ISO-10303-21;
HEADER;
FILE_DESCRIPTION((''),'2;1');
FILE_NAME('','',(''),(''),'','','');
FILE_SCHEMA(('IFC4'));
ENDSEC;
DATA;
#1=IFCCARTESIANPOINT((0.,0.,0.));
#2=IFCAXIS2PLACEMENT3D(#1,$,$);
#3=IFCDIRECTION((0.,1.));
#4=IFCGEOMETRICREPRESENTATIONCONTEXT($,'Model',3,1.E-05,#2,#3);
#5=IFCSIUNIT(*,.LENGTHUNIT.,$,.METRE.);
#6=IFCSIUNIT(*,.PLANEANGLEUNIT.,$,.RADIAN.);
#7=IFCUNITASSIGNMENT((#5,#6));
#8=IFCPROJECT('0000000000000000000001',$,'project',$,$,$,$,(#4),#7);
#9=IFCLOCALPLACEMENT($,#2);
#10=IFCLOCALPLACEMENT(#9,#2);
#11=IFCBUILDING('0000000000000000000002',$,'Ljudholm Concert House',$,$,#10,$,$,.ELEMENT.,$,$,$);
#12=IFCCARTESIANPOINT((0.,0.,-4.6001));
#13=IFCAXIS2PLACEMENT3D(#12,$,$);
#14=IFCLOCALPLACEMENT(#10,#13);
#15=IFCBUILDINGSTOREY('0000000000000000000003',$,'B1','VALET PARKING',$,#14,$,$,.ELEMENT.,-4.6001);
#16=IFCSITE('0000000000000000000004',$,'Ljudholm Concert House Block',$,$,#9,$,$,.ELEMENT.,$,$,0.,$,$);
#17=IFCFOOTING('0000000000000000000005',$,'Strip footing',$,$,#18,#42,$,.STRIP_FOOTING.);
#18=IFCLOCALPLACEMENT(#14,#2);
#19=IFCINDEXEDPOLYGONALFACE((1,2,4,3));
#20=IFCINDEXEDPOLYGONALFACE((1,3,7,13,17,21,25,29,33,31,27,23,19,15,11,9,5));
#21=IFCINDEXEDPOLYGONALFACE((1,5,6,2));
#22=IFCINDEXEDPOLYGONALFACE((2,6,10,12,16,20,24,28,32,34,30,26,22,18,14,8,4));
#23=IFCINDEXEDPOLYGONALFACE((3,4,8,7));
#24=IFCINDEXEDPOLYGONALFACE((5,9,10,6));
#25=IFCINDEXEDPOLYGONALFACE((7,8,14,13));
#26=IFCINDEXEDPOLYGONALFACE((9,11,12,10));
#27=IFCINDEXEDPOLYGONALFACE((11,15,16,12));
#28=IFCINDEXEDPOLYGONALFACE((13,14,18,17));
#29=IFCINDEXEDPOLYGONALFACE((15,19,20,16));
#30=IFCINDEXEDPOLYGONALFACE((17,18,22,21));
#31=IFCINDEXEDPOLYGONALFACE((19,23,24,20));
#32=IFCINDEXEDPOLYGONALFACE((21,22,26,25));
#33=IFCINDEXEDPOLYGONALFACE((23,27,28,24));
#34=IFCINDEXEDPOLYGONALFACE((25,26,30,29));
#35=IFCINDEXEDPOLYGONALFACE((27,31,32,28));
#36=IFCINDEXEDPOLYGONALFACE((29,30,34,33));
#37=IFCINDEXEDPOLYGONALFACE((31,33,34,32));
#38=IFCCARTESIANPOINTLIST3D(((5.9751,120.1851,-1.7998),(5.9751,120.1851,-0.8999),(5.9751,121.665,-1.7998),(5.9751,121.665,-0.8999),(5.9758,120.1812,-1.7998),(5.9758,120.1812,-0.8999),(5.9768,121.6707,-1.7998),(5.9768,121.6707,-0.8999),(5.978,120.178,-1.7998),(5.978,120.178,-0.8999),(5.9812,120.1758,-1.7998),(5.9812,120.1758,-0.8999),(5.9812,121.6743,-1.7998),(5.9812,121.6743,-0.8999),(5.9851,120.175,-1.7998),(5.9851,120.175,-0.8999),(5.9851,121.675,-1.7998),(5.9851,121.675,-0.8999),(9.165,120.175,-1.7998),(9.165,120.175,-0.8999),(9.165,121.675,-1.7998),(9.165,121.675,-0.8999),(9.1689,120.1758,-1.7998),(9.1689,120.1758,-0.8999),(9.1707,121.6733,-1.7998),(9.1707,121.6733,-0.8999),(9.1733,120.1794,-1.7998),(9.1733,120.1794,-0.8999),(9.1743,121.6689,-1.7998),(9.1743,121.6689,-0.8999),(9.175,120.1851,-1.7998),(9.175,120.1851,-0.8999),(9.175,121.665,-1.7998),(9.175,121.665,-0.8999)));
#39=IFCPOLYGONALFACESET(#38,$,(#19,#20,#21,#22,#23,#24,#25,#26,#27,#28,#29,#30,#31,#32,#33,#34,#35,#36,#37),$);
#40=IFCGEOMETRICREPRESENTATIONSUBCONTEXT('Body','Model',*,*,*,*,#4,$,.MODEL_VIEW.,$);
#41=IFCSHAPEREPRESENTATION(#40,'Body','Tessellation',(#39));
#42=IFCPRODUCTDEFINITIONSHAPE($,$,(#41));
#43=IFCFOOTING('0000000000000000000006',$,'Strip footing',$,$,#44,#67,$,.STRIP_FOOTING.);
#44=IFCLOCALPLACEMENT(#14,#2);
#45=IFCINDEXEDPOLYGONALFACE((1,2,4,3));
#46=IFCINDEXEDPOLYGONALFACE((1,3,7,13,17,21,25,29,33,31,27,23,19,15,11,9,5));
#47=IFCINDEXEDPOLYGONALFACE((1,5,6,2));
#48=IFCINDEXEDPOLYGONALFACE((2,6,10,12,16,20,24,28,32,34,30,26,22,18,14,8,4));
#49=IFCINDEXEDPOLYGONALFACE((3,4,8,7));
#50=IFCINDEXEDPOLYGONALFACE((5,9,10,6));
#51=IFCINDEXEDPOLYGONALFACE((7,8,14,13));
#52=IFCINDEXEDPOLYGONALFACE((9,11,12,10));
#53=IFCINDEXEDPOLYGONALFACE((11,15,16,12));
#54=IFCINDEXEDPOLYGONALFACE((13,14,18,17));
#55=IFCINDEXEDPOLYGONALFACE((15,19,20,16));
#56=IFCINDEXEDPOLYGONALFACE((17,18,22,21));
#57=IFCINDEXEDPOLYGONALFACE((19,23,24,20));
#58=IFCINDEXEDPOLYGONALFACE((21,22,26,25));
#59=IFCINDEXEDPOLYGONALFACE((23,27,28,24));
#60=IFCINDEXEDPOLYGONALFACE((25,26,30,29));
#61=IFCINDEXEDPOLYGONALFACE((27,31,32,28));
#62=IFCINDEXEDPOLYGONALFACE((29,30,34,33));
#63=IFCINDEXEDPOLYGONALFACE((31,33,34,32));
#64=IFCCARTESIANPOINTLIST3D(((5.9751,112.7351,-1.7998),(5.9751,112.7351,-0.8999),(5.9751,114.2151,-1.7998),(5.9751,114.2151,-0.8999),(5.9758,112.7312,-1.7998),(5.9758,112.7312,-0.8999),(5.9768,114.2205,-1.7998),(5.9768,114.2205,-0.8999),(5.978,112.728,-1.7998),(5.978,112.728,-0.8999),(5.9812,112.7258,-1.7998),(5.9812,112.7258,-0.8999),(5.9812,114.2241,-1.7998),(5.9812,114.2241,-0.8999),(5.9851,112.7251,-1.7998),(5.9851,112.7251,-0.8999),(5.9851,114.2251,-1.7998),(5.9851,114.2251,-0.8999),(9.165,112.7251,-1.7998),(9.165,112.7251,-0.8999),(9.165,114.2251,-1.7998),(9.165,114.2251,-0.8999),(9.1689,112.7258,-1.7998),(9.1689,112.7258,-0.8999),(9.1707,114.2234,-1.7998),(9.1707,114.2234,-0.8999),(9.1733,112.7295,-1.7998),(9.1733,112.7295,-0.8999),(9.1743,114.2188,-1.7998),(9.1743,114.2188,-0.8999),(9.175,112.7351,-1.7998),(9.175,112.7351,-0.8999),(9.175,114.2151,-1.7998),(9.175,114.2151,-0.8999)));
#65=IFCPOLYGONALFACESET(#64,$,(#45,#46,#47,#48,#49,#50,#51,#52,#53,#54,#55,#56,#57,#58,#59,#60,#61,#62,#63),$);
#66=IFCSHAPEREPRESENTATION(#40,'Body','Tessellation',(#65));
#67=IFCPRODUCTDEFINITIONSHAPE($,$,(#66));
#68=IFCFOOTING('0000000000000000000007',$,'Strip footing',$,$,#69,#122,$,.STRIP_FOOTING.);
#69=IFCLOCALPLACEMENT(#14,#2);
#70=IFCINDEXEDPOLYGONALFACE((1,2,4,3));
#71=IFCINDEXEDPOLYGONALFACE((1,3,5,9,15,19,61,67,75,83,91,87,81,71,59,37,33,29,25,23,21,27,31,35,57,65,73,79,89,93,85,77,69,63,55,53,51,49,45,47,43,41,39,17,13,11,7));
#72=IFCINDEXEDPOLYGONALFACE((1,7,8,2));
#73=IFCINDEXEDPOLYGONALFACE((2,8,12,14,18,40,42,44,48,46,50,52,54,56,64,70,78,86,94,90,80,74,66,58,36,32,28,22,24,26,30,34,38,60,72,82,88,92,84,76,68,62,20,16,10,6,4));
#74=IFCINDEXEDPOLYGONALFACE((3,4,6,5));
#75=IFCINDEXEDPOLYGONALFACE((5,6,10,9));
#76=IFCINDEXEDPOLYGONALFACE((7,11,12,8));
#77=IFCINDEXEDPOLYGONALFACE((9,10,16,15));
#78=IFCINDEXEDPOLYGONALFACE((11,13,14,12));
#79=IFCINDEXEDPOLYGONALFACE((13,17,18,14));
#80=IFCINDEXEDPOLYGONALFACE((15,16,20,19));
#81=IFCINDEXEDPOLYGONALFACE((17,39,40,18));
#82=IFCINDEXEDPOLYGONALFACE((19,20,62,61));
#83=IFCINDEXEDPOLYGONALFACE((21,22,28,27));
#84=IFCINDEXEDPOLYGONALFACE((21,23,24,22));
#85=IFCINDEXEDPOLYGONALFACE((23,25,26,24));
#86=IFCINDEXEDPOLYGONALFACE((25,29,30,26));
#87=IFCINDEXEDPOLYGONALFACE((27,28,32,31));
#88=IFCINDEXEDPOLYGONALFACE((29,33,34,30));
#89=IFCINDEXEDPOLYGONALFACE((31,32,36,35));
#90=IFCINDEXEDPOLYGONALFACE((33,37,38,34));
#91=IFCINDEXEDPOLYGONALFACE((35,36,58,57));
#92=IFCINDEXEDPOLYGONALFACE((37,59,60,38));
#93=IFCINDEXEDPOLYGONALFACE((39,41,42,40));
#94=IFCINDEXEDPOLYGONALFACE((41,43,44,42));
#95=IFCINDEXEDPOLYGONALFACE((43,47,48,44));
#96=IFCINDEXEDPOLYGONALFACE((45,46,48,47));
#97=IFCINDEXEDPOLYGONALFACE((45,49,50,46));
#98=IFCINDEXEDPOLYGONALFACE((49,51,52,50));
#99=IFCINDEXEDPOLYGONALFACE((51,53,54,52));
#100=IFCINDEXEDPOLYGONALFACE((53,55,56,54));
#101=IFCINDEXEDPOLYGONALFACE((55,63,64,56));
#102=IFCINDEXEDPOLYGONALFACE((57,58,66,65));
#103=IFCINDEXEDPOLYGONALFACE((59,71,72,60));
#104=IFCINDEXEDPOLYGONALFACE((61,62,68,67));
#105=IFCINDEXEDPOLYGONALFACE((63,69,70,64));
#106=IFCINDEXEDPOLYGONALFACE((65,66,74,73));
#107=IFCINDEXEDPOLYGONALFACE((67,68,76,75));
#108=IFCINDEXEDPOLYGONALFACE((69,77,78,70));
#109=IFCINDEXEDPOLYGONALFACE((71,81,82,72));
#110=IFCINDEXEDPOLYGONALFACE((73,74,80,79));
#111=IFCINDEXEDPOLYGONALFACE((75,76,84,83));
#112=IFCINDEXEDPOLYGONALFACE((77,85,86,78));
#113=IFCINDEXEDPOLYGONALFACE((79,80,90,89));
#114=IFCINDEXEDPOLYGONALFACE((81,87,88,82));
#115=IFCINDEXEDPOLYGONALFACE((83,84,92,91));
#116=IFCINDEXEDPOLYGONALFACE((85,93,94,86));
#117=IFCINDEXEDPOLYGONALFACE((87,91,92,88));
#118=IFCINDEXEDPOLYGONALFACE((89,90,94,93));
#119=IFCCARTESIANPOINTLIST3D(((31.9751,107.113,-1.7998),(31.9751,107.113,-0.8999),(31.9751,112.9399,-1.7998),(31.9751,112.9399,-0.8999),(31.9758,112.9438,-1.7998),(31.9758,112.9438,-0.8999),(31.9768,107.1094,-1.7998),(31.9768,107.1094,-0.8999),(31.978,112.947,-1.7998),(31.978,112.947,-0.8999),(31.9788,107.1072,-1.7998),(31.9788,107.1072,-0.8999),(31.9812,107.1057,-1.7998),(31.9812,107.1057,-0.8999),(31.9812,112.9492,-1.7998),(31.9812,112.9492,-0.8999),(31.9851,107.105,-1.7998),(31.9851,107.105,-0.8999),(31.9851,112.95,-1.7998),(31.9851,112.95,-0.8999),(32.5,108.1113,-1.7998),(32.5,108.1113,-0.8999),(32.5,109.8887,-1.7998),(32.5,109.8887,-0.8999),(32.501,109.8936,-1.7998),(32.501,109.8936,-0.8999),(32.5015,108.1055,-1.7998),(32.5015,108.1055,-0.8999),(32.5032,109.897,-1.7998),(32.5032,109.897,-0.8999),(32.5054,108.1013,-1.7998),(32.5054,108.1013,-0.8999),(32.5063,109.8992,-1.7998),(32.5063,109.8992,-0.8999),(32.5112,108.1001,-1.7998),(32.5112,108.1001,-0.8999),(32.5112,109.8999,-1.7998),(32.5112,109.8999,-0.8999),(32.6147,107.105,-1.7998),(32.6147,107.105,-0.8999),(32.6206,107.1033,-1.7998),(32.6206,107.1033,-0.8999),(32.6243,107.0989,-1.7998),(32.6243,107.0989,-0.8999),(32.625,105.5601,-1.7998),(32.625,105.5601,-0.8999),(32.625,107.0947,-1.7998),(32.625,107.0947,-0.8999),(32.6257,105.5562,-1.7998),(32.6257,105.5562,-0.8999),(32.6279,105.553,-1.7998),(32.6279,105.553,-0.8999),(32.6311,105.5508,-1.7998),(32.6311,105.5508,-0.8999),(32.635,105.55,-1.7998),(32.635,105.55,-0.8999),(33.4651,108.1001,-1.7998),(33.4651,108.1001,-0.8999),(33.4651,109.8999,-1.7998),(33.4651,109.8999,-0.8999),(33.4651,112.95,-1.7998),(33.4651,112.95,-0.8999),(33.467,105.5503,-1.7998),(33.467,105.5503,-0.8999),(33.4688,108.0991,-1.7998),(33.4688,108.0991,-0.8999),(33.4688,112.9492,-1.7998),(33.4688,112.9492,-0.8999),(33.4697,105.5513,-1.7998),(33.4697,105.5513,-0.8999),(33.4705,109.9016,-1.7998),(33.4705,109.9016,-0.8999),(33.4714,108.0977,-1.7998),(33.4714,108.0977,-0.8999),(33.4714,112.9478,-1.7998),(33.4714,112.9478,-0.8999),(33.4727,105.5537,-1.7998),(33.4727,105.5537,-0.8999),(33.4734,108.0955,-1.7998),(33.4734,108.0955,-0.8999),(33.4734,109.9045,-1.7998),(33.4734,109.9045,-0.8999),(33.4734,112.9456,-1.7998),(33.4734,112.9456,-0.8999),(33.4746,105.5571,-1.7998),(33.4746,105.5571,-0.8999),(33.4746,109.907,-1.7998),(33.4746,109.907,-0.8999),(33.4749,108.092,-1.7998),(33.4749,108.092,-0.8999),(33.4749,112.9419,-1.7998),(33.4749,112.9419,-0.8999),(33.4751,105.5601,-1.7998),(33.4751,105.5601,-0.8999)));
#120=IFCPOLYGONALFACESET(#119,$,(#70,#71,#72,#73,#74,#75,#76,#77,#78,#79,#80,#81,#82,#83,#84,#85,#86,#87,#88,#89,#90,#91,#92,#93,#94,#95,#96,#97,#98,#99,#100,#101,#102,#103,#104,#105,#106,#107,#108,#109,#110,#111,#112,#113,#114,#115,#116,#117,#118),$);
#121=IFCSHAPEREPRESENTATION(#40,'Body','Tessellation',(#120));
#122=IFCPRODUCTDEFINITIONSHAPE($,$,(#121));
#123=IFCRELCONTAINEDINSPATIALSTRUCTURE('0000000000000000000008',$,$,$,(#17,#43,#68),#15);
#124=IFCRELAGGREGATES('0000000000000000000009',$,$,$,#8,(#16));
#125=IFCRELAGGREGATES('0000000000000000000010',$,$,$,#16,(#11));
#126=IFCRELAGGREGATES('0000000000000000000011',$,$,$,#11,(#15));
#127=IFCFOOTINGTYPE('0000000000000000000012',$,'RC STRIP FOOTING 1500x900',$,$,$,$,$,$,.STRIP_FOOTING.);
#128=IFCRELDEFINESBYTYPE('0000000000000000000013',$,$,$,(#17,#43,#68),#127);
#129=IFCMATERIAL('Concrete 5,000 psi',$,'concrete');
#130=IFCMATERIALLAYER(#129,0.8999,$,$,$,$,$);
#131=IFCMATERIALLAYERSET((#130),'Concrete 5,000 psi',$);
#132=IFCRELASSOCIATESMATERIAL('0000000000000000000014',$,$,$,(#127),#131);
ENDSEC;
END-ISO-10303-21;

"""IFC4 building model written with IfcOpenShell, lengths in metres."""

from ifc_helpers import new_model, si_unit, direction, frame, origin, place, context, subcontext, project, spatial, polyline, outline, extrude, material, layer, layer_set, type_object, element, save


model = new_model("IFC4")

# Units and contexts
model_context = context("Model", 3, precision=1e-05, world=origin(), true_north=direction((0.0, 1.0)))
body_context = subcontext(model_context, "Body", "Model", "MODEL_VIEW")
ifc_project = project(units=[si_unit("LENGTHUNIT", "METRE"), si_unit("PLANEANGLEUNIT", "RADIAN")], contexts=[model_context])

# Site, building, storey
site_placement = place(None, origin())
site = spatial("IfcSite", under=ifc_project, at=site_placement, Name="Ljudholm Concert House Block", CompositionType="ELEMENT", RefElevation=0.0)
building_placement = place(site_placement, origin())
building = spatial("IfcBuilding", under=site, at=building_placement, Name="Ljudholm Concert House", CompositionType="ELEMENT")
storey_placement = place(building_placement, frame((0.0, 0.0, -4.6001)))
storey = spatial("IfcBuildingStorey", under=building, at=storey_placement, Name="B1", Description="VALET PARKING", CompositionType="ELEMENT", Elevation=-4.6001)

# Footings
ifc_material_1 = material(Name="Concrete 5,000 psi", Category="concrete")
ifc_layer_1 = layer(ifc_material_1, 0.8999)
ifc_layer_set_1 = layer_set([ifc_layer_1], Name="Concrete 5,000 psi")
footing_type_1 = type_object("IfcFootingType", Name="RC STRIP FOOTING 1500x900", PredefinedType="STRIP_FOOTING", material=ifc_layer_set_1)
footing_1_placement = place(storey_placement, frame((0.0, 0.0, -1.7998)))
element("IfcFooting", 1, at=footing_1_placement, inside=storey, type_object=footing_type_1, Name="Strip footing", PredefinedType="STRIP_FOOTING", context=body_context, shape_type="SweptSolid", body=[
    extrude(outline(polyline([(5.9851, 120.175), (9.165, 120.175), (9.1689, 120.1758), (9.1733, 120.1794), (9.175, 120.1851), (9.175, 121.665), (9.1743, 121.6689), (9.1707, 121.6733), (9.165, 121.675), (5.9851, 121.675), (5.9812, 121.6743), (5.9768, 121.6707), (5.9751, 121.665), (5.9751, 120.1851), (5.9758, 120.1812), (5.978, 120.178), (5.9812, 120.1758), (5.9851, 120.175)])), origin(), (0.0, 0.0, 1.0), 0.8999),
])
footing_2_placement = place(storey_placement, frame((0.0, 0.0, -1.7998)))
element("IfcFooting", 2, at=footing_2_placement, inside=storey, type_object=footing_type_1, Name="Strip footing", PredefinedType="STRIP_FOOTING", context=body_context, shape_type="SweptSolid", body=[
    extrude(outline(polyline([(5.9851, 112.7251), (9.165, 112.7251), (9.1689, 112.7258), (9.1733, 112.7295), (9.175, 112.7351), (9.175, 114.2151), (9.1743, 114.2188), (9.1707, 114.2234), (9.165, 114.2251), (5.9851, 114.2251), (5.9812, 114.2241), (5.9768, 114.2205), (5.9751, 114.2151), (5.9751, 112.7351), (5.9758, 112.7312), (5.978, 112.728), (5.9812, 112.7258), (5.9851, 112.7251)])), origin(), (0.0, 0.0, 1.0), 0.8999),
])
footing_3_placement = place(storey_placement, frame((0.0, 0.0, -1.7998)))
element("IfcFooting", 3, at=footing_3_placement, inside=storey, type_object=footing_type_1, Name="Strip footing", PredefinedType="STRIP_FOOTING", context=body_context, shape_type="SweptSolid", body=[
    extrude(outline(polyline([(31.9751, 112.9399), (31.9751, 107.113), (31.9768, 107.1094), (31.9788, 107.1072), (31.9812, 107.1057), (31.9851, 107.105), (32.6147, 107.105), (32.6206, 107.1033), (32.6243, 107.0989), (32.625, 107.0947), (32.625, 105.5601), (32.6257, 105.5562), (32.6279, 105.553), (32.6311, 105.5508), (32.635, 105.55), (33.467, 105.5503), (33.4697, 105.5513), (33.4727, 105.5537), (33.4746, 105.5571), (33.4751, 105.5601), (33.4749, 108.092), (33.4734, 108.0955), (33.4714, 108.0977), (33.4688, 108.0991), (33.4651, 108.1001), (32.5112, 108.1001), (32.5054, 108.1013), (32.5015, 108.1055), (32.5, 108.1113), (32.5, 109.8887), (32.501, 109.8936), (32.5032, 109.897), (32.5063, 109.8992), (32.5112, 109.8999), (33.4651, 109.8999), (33.4705, 109.9016), (33.4734, 109.9045), (33.4746, 109.907), (33.4749, 112.9419), (33.4734, 112.9456), (33.4714, 112.9478), (33.4688, 112.9492), (33.4651, 112.95), (31.9851, 112.95), (31.9812, 112.9492), (31.978, 112.947), (31.9758, 112.9438), (31.9751, 112.9399)])), origin(), (0.0, 0.0, 1.0), 0.8999),
])

save(model, "model.ifc")
